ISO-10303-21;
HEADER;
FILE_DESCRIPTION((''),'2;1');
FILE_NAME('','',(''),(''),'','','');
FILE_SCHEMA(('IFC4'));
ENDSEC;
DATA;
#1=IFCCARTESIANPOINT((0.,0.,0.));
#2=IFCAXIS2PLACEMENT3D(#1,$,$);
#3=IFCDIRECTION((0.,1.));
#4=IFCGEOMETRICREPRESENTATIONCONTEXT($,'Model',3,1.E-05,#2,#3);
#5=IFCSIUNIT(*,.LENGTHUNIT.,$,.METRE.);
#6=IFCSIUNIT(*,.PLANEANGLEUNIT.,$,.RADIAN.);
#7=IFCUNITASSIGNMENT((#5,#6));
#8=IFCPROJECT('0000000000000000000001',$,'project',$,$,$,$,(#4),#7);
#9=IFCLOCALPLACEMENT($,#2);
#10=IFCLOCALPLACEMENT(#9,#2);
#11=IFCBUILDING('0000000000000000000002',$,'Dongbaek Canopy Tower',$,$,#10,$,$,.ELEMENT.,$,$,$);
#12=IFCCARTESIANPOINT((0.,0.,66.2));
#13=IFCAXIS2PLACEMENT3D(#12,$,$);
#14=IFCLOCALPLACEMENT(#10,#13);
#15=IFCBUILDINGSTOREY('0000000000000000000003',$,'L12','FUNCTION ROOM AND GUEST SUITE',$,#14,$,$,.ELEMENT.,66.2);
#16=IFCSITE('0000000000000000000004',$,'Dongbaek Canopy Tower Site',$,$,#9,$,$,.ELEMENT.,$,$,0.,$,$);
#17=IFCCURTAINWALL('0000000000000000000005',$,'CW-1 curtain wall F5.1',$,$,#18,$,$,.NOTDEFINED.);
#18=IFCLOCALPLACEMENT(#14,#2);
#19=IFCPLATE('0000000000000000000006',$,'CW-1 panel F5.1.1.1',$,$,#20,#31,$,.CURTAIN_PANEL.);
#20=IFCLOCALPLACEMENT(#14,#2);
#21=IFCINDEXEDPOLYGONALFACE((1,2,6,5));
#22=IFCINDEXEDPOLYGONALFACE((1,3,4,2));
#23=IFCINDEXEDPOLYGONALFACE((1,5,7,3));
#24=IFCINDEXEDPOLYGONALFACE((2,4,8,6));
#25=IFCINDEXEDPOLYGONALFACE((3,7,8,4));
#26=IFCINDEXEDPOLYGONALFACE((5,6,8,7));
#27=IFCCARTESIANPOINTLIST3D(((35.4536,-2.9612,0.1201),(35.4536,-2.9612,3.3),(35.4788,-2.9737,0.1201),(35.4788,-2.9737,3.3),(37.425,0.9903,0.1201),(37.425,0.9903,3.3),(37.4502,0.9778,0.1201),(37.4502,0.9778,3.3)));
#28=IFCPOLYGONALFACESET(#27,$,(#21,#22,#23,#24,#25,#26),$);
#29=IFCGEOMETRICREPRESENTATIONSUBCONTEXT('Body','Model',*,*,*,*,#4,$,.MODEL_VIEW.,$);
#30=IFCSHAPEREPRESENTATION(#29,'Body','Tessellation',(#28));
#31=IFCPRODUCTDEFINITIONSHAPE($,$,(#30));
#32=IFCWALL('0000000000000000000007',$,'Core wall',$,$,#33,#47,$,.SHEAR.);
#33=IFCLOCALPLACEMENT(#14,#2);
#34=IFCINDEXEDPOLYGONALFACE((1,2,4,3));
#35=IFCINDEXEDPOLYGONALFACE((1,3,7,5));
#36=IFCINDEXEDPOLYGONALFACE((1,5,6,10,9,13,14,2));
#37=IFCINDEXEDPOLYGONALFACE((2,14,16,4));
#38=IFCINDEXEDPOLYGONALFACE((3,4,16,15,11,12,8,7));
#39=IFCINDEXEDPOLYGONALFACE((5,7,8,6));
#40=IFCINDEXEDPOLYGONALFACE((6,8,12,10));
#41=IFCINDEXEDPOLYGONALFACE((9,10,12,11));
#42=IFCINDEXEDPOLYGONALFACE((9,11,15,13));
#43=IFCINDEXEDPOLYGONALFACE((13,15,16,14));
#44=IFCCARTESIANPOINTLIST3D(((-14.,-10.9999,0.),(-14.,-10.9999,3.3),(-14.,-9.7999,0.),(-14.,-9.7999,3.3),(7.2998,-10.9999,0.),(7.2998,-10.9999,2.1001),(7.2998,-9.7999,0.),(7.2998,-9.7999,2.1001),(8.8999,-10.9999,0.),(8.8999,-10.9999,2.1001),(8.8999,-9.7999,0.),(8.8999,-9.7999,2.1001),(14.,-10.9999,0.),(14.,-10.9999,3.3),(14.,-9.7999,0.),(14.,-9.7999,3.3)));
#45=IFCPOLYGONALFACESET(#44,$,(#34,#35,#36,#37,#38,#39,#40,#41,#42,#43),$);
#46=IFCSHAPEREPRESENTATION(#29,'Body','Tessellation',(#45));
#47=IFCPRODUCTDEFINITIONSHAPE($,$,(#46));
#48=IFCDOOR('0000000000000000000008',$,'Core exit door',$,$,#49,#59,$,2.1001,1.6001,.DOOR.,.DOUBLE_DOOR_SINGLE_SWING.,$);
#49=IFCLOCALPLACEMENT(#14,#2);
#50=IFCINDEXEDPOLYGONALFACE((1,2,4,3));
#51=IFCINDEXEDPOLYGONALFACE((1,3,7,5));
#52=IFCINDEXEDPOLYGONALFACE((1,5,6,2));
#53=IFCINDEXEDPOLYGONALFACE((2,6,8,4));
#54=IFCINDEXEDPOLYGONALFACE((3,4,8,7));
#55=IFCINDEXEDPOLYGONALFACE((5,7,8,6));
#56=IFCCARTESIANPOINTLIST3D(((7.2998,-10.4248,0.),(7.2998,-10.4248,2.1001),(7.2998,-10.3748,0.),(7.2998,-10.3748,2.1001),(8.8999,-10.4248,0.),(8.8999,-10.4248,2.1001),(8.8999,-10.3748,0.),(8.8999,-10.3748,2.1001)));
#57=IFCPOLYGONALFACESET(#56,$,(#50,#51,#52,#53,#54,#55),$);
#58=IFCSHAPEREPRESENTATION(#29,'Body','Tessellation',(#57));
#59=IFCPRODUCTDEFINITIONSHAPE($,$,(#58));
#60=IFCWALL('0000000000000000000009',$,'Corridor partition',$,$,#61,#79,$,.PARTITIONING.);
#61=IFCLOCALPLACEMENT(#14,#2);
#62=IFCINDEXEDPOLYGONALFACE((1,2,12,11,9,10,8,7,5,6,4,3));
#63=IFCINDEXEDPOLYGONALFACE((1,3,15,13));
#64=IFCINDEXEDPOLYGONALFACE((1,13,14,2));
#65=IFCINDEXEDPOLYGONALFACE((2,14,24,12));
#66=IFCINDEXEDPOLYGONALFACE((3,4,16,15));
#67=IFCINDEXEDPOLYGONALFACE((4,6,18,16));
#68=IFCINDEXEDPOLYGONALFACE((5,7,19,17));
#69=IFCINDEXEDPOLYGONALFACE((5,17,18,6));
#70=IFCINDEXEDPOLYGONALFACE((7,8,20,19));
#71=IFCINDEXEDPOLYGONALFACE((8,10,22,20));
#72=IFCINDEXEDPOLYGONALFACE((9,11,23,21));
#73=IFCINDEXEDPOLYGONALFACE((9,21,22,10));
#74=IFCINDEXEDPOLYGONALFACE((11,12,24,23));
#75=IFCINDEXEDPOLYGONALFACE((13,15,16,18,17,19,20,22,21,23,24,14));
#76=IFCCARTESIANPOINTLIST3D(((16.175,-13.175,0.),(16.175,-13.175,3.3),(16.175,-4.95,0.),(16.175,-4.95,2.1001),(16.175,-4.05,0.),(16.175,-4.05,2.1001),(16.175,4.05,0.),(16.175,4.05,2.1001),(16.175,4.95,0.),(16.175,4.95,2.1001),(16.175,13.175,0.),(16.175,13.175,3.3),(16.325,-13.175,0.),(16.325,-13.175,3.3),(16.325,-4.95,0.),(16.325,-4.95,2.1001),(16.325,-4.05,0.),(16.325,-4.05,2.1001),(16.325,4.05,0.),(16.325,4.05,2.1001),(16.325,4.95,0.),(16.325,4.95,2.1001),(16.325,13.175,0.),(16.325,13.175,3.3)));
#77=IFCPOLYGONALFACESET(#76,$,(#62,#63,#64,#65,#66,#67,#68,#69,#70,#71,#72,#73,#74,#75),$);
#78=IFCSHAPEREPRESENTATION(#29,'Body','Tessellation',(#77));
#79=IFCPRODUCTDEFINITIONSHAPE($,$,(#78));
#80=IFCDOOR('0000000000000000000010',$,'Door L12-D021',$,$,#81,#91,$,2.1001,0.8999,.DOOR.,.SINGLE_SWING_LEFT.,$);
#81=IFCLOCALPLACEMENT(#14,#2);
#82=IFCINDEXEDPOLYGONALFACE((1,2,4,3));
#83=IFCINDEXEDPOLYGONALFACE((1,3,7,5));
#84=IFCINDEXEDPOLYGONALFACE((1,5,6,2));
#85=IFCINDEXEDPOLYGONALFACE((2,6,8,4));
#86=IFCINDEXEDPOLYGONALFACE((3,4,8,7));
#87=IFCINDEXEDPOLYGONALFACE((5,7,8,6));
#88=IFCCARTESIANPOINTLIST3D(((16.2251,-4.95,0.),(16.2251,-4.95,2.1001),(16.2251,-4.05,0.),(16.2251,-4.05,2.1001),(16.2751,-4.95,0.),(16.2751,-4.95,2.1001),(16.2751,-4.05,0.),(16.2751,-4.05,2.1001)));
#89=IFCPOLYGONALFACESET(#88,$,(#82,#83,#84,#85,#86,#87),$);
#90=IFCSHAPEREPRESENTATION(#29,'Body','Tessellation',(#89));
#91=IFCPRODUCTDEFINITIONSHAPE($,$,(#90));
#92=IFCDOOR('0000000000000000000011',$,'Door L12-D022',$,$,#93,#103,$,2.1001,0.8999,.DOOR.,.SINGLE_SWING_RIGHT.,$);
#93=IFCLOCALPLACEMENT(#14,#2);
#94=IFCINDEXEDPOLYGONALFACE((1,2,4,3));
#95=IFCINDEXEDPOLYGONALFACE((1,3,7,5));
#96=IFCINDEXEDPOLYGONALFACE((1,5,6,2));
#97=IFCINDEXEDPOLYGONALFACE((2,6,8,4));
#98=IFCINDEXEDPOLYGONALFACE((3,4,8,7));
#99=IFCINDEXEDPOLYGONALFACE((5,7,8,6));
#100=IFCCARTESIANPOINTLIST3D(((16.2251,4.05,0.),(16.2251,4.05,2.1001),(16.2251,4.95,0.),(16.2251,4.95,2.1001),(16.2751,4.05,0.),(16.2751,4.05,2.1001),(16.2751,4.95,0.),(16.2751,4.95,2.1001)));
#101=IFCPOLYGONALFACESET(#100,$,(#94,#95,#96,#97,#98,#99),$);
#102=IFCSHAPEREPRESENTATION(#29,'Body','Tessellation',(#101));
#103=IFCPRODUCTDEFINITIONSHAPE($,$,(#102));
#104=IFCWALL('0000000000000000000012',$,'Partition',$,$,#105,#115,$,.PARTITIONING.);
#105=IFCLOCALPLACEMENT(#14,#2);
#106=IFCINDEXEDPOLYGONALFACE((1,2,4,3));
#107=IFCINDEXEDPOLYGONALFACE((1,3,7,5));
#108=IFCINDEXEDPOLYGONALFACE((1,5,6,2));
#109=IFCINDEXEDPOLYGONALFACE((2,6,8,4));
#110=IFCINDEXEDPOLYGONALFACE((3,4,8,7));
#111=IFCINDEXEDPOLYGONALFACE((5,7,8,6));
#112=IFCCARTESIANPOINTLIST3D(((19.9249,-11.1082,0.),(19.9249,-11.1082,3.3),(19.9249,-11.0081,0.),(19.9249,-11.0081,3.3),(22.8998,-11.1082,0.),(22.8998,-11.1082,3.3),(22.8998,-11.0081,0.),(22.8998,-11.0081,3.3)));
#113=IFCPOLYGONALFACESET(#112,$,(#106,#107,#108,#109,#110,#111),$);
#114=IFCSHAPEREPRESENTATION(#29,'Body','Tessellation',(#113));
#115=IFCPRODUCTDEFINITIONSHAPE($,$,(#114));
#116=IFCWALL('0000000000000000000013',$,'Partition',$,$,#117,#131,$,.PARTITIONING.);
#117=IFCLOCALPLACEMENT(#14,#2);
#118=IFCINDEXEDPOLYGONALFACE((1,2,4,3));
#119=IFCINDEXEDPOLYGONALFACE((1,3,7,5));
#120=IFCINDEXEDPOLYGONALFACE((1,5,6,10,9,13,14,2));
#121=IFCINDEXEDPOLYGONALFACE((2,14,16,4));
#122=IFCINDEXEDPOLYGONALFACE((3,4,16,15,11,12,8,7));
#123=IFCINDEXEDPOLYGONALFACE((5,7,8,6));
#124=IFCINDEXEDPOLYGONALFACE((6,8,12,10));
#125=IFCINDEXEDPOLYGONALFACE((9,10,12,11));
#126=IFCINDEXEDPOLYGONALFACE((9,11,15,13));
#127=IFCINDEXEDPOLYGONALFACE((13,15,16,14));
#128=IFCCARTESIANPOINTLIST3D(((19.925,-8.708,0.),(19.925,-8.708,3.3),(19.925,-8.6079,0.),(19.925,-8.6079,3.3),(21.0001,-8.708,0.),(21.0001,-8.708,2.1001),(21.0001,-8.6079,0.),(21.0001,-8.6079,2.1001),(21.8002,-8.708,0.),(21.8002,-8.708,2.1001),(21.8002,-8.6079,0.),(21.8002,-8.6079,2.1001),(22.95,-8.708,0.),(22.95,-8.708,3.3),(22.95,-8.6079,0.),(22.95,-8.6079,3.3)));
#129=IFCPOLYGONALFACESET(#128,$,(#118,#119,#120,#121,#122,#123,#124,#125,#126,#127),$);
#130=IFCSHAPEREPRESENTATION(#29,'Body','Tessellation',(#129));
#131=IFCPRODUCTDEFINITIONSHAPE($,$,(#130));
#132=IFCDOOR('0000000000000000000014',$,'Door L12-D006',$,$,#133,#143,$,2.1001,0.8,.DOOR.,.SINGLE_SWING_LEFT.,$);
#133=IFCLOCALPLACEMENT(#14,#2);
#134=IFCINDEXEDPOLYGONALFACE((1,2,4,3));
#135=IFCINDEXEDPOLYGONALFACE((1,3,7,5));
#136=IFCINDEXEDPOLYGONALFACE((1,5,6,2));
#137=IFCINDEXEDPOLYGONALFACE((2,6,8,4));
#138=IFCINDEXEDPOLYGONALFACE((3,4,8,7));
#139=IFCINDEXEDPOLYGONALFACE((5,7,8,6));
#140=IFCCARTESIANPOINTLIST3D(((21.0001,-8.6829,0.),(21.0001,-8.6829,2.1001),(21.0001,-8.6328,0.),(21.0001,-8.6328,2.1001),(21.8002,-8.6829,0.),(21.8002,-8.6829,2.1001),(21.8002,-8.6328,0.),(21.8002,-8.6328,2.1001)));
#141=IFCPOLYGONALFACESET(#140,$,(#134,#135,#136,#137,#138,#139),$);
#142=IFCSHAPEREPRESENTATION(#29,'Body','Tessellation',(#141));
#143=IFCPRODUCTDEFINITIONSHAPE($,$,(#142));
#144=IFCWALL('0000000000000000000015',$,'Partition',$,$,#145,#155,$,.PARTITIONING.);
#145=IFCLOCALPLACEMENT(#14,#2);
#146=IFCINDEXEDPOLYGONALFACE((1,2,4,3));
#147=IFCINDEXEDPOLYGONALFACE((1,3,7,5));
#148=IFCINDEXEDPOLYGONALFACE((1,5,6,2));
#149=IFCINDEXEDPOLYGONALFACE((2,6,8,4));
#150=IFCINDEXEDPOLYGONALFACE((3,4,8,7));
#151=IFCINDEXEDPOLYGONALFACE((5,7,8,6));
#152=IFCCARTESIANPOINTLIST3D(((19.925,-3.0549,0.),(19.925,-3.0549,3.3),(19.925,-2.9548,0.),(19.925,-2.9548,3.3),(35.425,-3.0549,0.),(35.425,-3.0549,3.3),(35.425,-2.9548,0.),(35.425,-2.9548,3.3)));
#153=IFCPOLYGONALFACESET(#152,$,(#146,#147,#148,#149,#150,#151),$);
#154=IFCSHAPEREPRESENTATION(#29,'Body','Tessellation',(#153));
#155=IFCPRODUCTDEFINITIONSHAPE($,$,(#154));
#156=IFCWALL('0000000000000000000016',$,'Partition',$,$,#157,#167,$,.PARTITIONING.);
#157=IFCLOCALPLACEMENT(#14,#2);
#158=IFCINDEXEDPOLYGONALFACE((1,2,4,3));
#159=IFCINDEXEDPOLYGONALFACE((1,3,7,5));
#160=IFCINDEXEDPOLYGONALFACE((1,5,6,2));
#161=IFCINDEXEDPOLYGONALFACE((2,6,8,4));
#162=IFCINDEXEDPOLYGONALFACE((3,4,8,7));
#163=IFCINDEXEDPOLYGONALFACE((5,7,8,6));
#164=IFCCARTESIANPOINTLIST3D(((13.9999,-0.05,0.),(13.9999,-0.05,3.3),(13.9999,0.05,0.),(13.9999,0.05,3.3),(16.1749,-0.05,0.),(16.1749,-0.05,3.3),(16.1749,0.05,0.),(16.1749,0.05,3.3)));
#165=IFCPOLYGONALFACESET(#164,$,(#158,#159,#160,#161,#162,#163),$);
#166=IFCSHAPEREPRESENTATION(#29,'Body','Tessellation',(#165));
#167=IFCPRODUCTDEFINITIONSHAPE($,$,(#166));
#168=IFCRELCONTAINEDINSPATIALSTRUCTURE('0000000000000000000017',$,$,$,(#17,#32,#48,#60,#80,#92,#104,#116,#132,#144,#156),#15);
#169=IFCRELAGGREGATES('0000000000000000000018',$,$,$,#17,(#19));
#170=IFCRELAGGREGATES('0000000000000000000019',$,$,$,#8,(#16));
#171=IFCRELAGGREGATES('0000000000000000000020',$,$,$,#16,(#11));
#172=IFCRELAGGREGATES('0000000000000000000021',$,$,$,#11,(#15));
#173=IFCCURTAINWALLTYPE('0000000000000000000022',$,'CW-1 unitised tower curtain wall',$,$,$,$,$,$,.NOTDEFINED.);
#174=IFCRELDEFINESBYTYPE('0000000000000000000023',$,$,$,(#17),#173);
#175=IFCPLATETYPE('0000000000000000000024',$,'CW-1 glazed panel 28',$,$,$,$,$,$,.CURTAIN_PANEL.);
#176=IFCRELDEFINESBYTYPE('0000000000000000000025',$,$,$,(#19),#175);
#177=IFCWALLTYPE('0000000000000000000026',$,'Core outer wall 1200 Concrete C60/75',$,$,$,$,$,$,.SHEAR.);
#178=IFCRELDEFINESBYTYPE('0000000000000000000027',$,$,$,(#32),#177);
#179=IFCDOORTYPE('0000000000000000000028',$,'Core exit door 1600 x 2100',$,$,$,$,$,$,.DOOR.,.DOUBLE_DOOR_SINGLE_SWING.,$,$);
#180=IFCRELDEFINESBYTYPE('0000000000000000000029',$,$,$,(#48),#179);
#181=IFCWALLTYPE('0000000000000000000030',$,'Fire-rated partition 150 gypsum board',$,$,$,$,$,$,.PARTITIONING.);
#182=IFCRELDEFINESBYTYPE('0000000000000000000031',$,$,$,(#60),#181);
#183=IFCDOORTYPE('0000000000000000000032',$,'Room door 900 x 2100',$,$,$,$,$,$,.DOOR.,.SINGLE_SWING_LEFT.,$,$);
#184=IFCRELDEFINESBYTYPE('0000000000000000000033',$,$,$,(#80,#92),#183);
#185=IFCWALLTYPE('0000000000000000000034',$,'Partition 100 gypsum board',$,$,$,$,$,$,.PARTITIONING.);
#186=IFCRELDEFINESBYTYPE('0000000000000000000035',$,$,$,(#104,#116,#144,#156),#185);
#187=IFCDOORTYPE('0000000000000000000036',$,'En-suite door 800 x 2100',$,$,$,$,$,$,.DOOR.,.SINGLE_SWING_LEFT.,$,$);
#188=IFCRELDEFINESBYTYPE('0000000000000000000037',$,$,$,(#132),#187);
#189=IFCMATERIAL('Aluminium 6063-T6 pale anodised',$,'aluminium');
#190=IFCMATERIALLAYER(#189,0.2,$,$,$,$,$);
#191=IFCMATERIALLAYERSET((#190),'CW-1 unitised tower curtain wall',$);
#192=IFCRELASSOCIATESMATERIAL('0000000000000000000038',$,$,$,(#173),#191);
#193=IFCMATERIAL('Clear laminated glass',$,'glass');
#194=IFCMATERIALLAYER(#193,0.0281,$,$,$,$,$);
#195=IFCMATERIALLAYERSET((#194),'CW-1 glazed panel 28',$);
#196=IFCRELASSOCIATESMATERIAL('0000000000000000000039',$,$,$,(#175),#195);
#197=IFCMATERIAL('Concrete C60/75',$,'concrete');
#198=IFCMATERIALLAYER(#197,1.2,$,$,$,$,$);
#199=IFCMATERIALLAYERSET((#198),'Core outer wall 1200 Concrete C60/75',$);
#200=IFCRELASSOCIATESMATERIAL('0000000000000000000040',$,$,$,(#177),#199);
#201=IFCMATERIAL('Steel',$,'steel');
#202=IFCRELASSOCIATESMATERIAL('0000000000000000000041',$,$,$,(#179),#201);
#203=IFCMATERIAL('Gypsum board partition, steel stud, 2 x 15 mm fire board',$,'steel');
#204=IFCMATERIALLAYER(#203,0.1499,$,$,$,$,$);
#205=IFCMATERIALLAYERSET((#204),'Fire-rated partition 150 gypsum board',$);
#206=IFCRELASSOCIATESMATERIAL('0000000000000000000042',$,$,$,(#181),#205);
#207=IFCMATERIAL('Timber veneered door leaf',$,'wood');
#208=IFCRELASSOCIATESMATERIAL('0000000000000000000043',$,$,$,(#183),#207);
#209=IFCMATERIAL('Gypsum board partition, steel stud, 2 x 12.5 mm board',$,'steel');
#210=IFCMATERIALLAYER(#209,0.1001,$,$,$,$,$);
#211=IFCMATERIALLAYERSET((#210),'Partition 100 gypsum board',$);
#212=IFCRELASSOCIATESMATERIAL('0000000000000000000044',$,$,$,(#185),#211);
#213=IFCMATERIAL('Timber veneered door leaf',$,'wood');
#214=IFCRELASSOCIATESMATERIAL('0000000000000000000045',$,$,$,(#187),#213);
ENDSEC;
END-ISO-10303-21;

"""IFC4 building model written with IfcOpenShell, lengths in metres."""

from ifc_helpers import new_model, si_unit, direction, frame, frame_2d, origin, origin_2d, place, context, subcontext, project, spatial, rectangle, extrude, material, layer, layer_set, type_object, element, fill, aggregate, save


model = new_model("IFC4")

# Units and contexts
model_context = context("Model", 3, precision=1e-05, world=origin(), true_north=direction((0.0, 1.0)))
body_context = subcontext(model_context, "Body", "Model", "MODEL_VIEW")
ifc_project = project(units=[si_unit("LENGTHUNIT", "METRE"), si_unit("PLANEANGLEUNIT", "RADIAN")], contexts=[model_context])

# Site, building, storey
site_placement = place(None, origin())
site = spatial("IfcSite", under=ifc_project, at=site_placement, Name="Dongbaek Canopy Tower Site", CompositionType="ELEMENT", RefElevation=0.0)
building_placement = place(site_placement, origin())
building = spatial("IfcBuilding", under=site, at=building_placement, Name="Dongbaek Canopy Tower", CompositionType="ELEMENT")
storey_placement = place(building_placement, frame((0.0, 0.0, 66.2)))
storey = spatial("IfcBuildingStorey", under=building, at=storey_placement, Name="L12", Description="FUNCTION ROOM AND GUEST SUITE", CompositionType="ELEMENT", Elevation=66.2)

# Curtain wall
ifc_material_1 = material(Name="Aluminium 6063-T6 pale anodised", Category="aluminium")
ifc_layer_1 = layer(ifc_material_1, 0.2)
ifc_layer_set_1 = layer_set([ifc_layer_1], Name="CW-1 unitised tower curtain wall")
curtain_wall_type = type_object("IfcCurtainWallType", Name="CW-1 unitised tower curtain wall", PredefinedType="NOTDEFINED", material=ifc_layer_set_1)
curtain_wall_placement = place(storey_placement, origin())
curtain_wall = element("IfcCurtainWall", 1, at=curtain_wall_placement, inside=storey, type_object=curtain_wall_type, Name="CW-1 curtain wall F5.1", PredefinedType="NOTDEFINED")

# Plate
ifc_material_2 = material(Name="Clear laminated glass", Category="glass")
ifc_layer_2 = layer(ifc_material_2, 0.0281)
ifc_layer_set_2 = layer_set([ifc_layer_2], Name="CW-1 glazed panel 28")
plate_type = type_object("IfcPlateType", Name="CW-1 glazed panel 28", PredefinedType="CURTAIN_PANEL", material=ifc_layer_set_2)
plate_placement = place(storey_placement, frame((36.4519, -0.9917, 0.1201), z_axis=(0.0, 0.0, 1.0), x_axis=(0.44642, 0.894823, 0.0)))
plate = element("IfcPlate", 2, at=plate_placement, type_object=plate_type, Name="CW-1 panel F5.1.1.1", PredefinedType="CURTAIN_PANEL", context=body_context, shape_type="SweptSolid", body=[
    extrude(rectangle(XDim=4.416, YDim=0.0281, at=origin_2d()), origin(), (0.0, 0.0, 1.0), 3.1799),
])
aggregate(curtain_wall, [plate])

# Wall, opening, door
ifc_material_3 = material(Name="Concrete C60/75", Category="concrete")
ifc_layer_3 = layer(ifc_material_3, 1.2)
ifc_layer_set_3 = layer_set([ifc_layer_3], Name="Core outer wall 1200 Concrete C60/75")
wall_type_1 = type_object("IfcWallType", Name="Core outer wall 1200 Concrete C60/75", PredefinedType="SHEAR", material=ifc_layer_set_3)
wall_1_placement = place(storey_placement, frame((14.0, -10.3999, 0.0), z_axis=(0.0, 0.0, 1.0), x_axis=(-1.0, 0.0, 0.0)))
wall_1 = element("IfcWall", 3, at=wall_1_placement, inside=storey, type_object=wall_type_1, Name="Core wall", PredefinedType="SHEAR", context=body_context, shape_type="SweptSolid", body=[
    extrude(rectangle(XDim=28.0, YDim=1.2, at=frame_2d((14.0, 0.0))), origin(), (0.0, 0.0, 1.0), 3.3),
])
opening_1_placement = place(wall_1_placement, frame((5.1001, 0.0, 0.0)))
opening_1 = element("IfcOpeningElement", 4, at=opening_1_placement, cuts=wall_1, PredefinedType="OPENING", context=body_context, shape_type="SweptSolid", body=[
    extrude(rectangle(XDim=1.6001, YDim=2.1001, at=frame_2d((0.8, 1.05))), frame((0.0, 0.6099, 0.0), z_axis=(0.0, -1.0, 0.0), x_axis=(1.0, 0.0, 0.0)), (0.0, 0.0, 1.0), 1.22),
])
ifc_material_4 = material(Name="Steel", Category="steel")
door_type_1 = type_object("IfcDoorType", Name="Core exit door 1600 x 2100", OperationType="DOUBLE_DOOR_SINGLE_SWING", PredefinedType="DOOR", material=ifc_material_4)
door_1_placement = place(opening_1_placement, origin())
door_1 = element("IfcDoor", 5, at=door_1_placement, inside=storey, type_object=door_type_1, Name="Core exit door", OperationType="DOUBLE_DOOR_SINGLE_SWING", OverallHeight=2.1001, OverallWidth=1.6001, PredefinedType="DOOR", context=body_context, shape_type="SweptSolid", body=[
    extrude(rectangle(XDim=1.6001, YDim=2.1001, at=frame_2d((0.8, 1.05))), frame((0.0, 0.0249, 0.0), z_axis=(0.0, -1.0, 0.0), x_axis=(1.0, 0.0, 0.0)), (0.0, 0.0, 1.0), 0.05),
])
fill(opening_1, door_1)

# Wall, openings, doors
ifc_material_5 = material(Name="Gypsum board partition, steel stud, 2 x 15 mm fire board", Category="steel")
ifc_layer_4 = layer(ifc_material_5, 0.1499)
ifc_layer_set_4 = layer_set([ifc_layer_4], Name="Fire-rated partition 150 gypsum board")
wall_type_2 = type_object("IfcWallType", Name="Fire-rated partition 150 gypsum board", PredefinedType="PARTITIONING", material=ifc_layer_set_4)
wall_2_placement = place(storey_placement, frame((16.25, -13.175, 0.0), z_axis=(0.0, 0.0, 1.0), x_axis=(0.0, 1.0, 0.0)))
wall_2 = element("IfcWall", 6, at=wall_2_placement, inside=storey, type_object=wall_type_2, Name="Corridor partition", PredefinedType="PARTITIONING", context=body_context, shape_type="SweptSolid", body=[
    extrude(rectangle(XDim=26.3501, YDim=0.1499, at=frame_2d((13.175, 0.0))), origin(), (0.0, 0.0, 1.0), 3.3),
])
opening_2_placement = place(wall_2_placement, frame((8.2251, 0.0, 0.0)))
opening_2 = element("IfcOpeningElement", 7, at=opening_2_placement, cuts=wall_2, PredefinedType="OPENING", context=body_context, shape_type="SweptSolid", body=[
    extrude(rectangle(XDim=0.8999, YDim=2.1001, at=frame_2d((0.45, 1.05))), frame((0.0, 0.085, 0.0), z_axis=(0.0, -1.0, 0.0), x_axis=(1.0, 0.0, 0.0)), (0.0, 0.0, 1.0), 0.1699),
])
opening_3_placement = place(wall_2_placement, frame((17.2251, 0.0, 0.0)))
opening_3 = element("IfcOpeningElement", 8, at=opening_3_placement, cuts=wall_2, PredefinedType="OPENING", context=body_context, shape_type="SweptSolid", body=[
    extrude(rectangle(XDim=0.8999, YDim=2.1001, at=frame_2d((0.45, 1.05))), frame((0.0, 0.085, 0.0), z_axis=(0.0, -1.0, 0.0), x_axis=(1.0, 0.0, 0.0)), (0.0, 0.0, 1.0), 0.1699),
])
ifc_material_6 = material(Name="Timber veneered door leaf", Category="wood")
door_type_2 = type_object("IfcDoorType", Name="Room door 900 x 2100", OperationType="SINGLE_SWING_LEFT", PredefinedType="DOOR", material=ifc_material_6)
door_2_placement = place(opening_2_placement, origin())
door_2 = element("IfcDoor", 9, at=door_2_placement, inside=storey, type_object=door_type_2, Name="Door L12-D021", OperationType="SINGLE_SWING_LEFT", OverallHeight=2.1001, OverallWidth=0.8999, PredefinedType="DOOR", context=body_context, shape_type="SweptSolid", body=[
    extrude(rectangle(XDim=0.8999, YDim=2.1001, at=frame_2d((0.45, 1.05))), frame((0.0, 0.0249, 0.0), z_axis=(0.0, -1.0, 0.0), x_axis=(1.0, 0.0, 0.0)), (0.0, 0.0, 1.0), 0.05),
])
fill(opening_2, door_2)
door_3_placement = place(opening_3_placement, origin())
door_3 = element("IfcDoor", 10, at=door_3_placement, inside=storey, type_object=door_type_2, Name="Door L12-D022", OperationType="SINGLE_SWING_RIGHT", OverallHeight=2.1001, OverallWidth=0.8999, PredefinedType="DOOR", context=body_context, shape_type="SweptSolid", body=[
    extrude(rectangle(XDim=0.8999, YDim=2.1001, at=frame_2d((0.45, 1.05))), frame((0.0, 0.0249, 0.0), z_axis=(0.0, -1.0, 0.0), x_axis=(1.0, 0.0, 0.0)), (0.0, 0.0, 1.0), 0.05),
])
fill(opening_3, door_3)

# Wall
ifc_material_7 = material(Name="Gypsum board partition, steel stud, 2 x 12.5 mm board", Category="steel")
ifc_layer_5 = layer(ifc_material_7, 0.1001)
ifc_layer_set_5 = layer_set([ifc_layer_5], Name="Partition 100 gypsum board")
wall_type_3 = type_object("IfcWallType", Name="Partition 100 gypsum board", PredefinedType="PARTITIONING", material=ifc_layer_set_5)
wall_3_placement = place(storey_placement, frame((19.925, -11.0581, 0.0), z_axis=(0.0, 0.0, 1.0), x_axis=(1.0, 0.0, 0.0)))
element("IfcWall", 11, at=wall_3_placement, inside=storey, type_object=wall_type_3, Name="Partition", PredefinedType="PARTITIONING", context=body_context, shape_type="SweptSolid", body=[
    extrude(rectangle(XDim=2.9749, YDim=0.1001, at=frame_2d((1.4873, 0.0))), origin(), (0.0, 0.0, 1.0), 3.3),
])

# Wall, opening, door
wall_4_placement = place(storey_placement, frame((22.95, -8.658, 0.0), z_axis=(0.0, 0.0, 1.0), x_axis=(-1.0, 0.0, 0.0)))
wall_4 = element("IfcWall", 12, at=wall_4_placement, inside=storey, type_object=wall_type_3, Name="Partition", PredefinedType="PARTITIONING", context=body_context, shape_type="SweptSolid", body=[
    extrude(rectangle(XDim=3.0249, YDim=0.1001, at=frame_2d((1.5125, 0.0))), origin(), (0.0, 0.0, 1.0), 3.3),
])
opening_4_placement = place(wall_4_placement, frame((1.1499, 0.0, 0.0)))
opening_4 = element("IfcOpeningElement", 13, at=opening_4_placement, cuts=wall_4, PredefinedType="OPENING", context=body_context, shape_type="SweptSolid", body=[
    extrude(rectangle(XDim=0.8, YDim=2.1001, at=frame_2d((0.3999, 1.05))), frame((0.0, 0.0601, 0.0), z_axis=(0.0, -1.0, 0.0), x_axis=(1.0, 0.0, 0.0)), (0.0, 0.0, 1.0), 0.1201),
])
ifc_material_8 = material(Name="Timber veneered door leaf", Category="wood")
door_type_3 = type_object("IfcDoorType", Name="En-suite door 800 x 2100", OperationType="SINGLE_SWING_LEFT", PredefinedType="DOOR", material=ifc_material_8)
door_4_placement = place(opening_4_placement, origin())
door_4 = element("IfcDoor", 14, at=door_4_placement, inside=storey, type_object=door_type_3, Name="Door L12-D006", OperationType="SINGLE_SWING_LEFT", OverallHeight=2.1001, OverallWidth=0.8, PredefinedType="DOOR", context=body_context, shape_type="SweptSolid", body=[
    extrude(rectangle(XDim=0.8, YDim=2.1001, at=frame_2d((0.3999, 1.05))), frame((0.0, 0.0249, 0.0), z_axis=(0.0, -1.0, 0.0), x_axis=(1.0, 0.0, 0.0)), (0.0, 0.0, 1.0), 0.05),
])
fill(opening_4, door_4)

# Walls
wall_5_placement = place(storey_placement, frame((19.925, -3.0049, 0.0), z_axis=(0.0, 0.0, 1.0), x_axis=(1.0, 0.0, 0.0)))
element("IfcWall", 15, at=wall_5_placement, inside=storey, type_object=wall_type_3, Name="Partition", PredefinedType="PARTITIONING", context=body_context, shape_type="SweptSolid", body=[
    extrude(rectangle(XDim=15.5, YDim=0.1001, at=frame_2d((7.75, 0.0))), origin(), (0.0, 0.0, 1.0), 3.3),
])
wall_6_placement = place(storey_placement, frame((14.0, 0.0, 0.0), z_axis=(0.0, 0.0, 1.0), x_axis=(1.0, 0.0, 0.0)))
element("IfcWall", 16, at=wall_6_placement, inside=storey, type_object=wall_type_3, Name="Partition", PredefinedType="PARTITIONING", context=body_context, shape_type="SweptSolid", body=[
    extrude(rectangle(XDim=2.175, YDim=0.1001, at=frame_2d((1.0874, 0.0))), origin(), (0.0, 0.0, 1.0), 3.3),
])

save(model, "model.ifc")
